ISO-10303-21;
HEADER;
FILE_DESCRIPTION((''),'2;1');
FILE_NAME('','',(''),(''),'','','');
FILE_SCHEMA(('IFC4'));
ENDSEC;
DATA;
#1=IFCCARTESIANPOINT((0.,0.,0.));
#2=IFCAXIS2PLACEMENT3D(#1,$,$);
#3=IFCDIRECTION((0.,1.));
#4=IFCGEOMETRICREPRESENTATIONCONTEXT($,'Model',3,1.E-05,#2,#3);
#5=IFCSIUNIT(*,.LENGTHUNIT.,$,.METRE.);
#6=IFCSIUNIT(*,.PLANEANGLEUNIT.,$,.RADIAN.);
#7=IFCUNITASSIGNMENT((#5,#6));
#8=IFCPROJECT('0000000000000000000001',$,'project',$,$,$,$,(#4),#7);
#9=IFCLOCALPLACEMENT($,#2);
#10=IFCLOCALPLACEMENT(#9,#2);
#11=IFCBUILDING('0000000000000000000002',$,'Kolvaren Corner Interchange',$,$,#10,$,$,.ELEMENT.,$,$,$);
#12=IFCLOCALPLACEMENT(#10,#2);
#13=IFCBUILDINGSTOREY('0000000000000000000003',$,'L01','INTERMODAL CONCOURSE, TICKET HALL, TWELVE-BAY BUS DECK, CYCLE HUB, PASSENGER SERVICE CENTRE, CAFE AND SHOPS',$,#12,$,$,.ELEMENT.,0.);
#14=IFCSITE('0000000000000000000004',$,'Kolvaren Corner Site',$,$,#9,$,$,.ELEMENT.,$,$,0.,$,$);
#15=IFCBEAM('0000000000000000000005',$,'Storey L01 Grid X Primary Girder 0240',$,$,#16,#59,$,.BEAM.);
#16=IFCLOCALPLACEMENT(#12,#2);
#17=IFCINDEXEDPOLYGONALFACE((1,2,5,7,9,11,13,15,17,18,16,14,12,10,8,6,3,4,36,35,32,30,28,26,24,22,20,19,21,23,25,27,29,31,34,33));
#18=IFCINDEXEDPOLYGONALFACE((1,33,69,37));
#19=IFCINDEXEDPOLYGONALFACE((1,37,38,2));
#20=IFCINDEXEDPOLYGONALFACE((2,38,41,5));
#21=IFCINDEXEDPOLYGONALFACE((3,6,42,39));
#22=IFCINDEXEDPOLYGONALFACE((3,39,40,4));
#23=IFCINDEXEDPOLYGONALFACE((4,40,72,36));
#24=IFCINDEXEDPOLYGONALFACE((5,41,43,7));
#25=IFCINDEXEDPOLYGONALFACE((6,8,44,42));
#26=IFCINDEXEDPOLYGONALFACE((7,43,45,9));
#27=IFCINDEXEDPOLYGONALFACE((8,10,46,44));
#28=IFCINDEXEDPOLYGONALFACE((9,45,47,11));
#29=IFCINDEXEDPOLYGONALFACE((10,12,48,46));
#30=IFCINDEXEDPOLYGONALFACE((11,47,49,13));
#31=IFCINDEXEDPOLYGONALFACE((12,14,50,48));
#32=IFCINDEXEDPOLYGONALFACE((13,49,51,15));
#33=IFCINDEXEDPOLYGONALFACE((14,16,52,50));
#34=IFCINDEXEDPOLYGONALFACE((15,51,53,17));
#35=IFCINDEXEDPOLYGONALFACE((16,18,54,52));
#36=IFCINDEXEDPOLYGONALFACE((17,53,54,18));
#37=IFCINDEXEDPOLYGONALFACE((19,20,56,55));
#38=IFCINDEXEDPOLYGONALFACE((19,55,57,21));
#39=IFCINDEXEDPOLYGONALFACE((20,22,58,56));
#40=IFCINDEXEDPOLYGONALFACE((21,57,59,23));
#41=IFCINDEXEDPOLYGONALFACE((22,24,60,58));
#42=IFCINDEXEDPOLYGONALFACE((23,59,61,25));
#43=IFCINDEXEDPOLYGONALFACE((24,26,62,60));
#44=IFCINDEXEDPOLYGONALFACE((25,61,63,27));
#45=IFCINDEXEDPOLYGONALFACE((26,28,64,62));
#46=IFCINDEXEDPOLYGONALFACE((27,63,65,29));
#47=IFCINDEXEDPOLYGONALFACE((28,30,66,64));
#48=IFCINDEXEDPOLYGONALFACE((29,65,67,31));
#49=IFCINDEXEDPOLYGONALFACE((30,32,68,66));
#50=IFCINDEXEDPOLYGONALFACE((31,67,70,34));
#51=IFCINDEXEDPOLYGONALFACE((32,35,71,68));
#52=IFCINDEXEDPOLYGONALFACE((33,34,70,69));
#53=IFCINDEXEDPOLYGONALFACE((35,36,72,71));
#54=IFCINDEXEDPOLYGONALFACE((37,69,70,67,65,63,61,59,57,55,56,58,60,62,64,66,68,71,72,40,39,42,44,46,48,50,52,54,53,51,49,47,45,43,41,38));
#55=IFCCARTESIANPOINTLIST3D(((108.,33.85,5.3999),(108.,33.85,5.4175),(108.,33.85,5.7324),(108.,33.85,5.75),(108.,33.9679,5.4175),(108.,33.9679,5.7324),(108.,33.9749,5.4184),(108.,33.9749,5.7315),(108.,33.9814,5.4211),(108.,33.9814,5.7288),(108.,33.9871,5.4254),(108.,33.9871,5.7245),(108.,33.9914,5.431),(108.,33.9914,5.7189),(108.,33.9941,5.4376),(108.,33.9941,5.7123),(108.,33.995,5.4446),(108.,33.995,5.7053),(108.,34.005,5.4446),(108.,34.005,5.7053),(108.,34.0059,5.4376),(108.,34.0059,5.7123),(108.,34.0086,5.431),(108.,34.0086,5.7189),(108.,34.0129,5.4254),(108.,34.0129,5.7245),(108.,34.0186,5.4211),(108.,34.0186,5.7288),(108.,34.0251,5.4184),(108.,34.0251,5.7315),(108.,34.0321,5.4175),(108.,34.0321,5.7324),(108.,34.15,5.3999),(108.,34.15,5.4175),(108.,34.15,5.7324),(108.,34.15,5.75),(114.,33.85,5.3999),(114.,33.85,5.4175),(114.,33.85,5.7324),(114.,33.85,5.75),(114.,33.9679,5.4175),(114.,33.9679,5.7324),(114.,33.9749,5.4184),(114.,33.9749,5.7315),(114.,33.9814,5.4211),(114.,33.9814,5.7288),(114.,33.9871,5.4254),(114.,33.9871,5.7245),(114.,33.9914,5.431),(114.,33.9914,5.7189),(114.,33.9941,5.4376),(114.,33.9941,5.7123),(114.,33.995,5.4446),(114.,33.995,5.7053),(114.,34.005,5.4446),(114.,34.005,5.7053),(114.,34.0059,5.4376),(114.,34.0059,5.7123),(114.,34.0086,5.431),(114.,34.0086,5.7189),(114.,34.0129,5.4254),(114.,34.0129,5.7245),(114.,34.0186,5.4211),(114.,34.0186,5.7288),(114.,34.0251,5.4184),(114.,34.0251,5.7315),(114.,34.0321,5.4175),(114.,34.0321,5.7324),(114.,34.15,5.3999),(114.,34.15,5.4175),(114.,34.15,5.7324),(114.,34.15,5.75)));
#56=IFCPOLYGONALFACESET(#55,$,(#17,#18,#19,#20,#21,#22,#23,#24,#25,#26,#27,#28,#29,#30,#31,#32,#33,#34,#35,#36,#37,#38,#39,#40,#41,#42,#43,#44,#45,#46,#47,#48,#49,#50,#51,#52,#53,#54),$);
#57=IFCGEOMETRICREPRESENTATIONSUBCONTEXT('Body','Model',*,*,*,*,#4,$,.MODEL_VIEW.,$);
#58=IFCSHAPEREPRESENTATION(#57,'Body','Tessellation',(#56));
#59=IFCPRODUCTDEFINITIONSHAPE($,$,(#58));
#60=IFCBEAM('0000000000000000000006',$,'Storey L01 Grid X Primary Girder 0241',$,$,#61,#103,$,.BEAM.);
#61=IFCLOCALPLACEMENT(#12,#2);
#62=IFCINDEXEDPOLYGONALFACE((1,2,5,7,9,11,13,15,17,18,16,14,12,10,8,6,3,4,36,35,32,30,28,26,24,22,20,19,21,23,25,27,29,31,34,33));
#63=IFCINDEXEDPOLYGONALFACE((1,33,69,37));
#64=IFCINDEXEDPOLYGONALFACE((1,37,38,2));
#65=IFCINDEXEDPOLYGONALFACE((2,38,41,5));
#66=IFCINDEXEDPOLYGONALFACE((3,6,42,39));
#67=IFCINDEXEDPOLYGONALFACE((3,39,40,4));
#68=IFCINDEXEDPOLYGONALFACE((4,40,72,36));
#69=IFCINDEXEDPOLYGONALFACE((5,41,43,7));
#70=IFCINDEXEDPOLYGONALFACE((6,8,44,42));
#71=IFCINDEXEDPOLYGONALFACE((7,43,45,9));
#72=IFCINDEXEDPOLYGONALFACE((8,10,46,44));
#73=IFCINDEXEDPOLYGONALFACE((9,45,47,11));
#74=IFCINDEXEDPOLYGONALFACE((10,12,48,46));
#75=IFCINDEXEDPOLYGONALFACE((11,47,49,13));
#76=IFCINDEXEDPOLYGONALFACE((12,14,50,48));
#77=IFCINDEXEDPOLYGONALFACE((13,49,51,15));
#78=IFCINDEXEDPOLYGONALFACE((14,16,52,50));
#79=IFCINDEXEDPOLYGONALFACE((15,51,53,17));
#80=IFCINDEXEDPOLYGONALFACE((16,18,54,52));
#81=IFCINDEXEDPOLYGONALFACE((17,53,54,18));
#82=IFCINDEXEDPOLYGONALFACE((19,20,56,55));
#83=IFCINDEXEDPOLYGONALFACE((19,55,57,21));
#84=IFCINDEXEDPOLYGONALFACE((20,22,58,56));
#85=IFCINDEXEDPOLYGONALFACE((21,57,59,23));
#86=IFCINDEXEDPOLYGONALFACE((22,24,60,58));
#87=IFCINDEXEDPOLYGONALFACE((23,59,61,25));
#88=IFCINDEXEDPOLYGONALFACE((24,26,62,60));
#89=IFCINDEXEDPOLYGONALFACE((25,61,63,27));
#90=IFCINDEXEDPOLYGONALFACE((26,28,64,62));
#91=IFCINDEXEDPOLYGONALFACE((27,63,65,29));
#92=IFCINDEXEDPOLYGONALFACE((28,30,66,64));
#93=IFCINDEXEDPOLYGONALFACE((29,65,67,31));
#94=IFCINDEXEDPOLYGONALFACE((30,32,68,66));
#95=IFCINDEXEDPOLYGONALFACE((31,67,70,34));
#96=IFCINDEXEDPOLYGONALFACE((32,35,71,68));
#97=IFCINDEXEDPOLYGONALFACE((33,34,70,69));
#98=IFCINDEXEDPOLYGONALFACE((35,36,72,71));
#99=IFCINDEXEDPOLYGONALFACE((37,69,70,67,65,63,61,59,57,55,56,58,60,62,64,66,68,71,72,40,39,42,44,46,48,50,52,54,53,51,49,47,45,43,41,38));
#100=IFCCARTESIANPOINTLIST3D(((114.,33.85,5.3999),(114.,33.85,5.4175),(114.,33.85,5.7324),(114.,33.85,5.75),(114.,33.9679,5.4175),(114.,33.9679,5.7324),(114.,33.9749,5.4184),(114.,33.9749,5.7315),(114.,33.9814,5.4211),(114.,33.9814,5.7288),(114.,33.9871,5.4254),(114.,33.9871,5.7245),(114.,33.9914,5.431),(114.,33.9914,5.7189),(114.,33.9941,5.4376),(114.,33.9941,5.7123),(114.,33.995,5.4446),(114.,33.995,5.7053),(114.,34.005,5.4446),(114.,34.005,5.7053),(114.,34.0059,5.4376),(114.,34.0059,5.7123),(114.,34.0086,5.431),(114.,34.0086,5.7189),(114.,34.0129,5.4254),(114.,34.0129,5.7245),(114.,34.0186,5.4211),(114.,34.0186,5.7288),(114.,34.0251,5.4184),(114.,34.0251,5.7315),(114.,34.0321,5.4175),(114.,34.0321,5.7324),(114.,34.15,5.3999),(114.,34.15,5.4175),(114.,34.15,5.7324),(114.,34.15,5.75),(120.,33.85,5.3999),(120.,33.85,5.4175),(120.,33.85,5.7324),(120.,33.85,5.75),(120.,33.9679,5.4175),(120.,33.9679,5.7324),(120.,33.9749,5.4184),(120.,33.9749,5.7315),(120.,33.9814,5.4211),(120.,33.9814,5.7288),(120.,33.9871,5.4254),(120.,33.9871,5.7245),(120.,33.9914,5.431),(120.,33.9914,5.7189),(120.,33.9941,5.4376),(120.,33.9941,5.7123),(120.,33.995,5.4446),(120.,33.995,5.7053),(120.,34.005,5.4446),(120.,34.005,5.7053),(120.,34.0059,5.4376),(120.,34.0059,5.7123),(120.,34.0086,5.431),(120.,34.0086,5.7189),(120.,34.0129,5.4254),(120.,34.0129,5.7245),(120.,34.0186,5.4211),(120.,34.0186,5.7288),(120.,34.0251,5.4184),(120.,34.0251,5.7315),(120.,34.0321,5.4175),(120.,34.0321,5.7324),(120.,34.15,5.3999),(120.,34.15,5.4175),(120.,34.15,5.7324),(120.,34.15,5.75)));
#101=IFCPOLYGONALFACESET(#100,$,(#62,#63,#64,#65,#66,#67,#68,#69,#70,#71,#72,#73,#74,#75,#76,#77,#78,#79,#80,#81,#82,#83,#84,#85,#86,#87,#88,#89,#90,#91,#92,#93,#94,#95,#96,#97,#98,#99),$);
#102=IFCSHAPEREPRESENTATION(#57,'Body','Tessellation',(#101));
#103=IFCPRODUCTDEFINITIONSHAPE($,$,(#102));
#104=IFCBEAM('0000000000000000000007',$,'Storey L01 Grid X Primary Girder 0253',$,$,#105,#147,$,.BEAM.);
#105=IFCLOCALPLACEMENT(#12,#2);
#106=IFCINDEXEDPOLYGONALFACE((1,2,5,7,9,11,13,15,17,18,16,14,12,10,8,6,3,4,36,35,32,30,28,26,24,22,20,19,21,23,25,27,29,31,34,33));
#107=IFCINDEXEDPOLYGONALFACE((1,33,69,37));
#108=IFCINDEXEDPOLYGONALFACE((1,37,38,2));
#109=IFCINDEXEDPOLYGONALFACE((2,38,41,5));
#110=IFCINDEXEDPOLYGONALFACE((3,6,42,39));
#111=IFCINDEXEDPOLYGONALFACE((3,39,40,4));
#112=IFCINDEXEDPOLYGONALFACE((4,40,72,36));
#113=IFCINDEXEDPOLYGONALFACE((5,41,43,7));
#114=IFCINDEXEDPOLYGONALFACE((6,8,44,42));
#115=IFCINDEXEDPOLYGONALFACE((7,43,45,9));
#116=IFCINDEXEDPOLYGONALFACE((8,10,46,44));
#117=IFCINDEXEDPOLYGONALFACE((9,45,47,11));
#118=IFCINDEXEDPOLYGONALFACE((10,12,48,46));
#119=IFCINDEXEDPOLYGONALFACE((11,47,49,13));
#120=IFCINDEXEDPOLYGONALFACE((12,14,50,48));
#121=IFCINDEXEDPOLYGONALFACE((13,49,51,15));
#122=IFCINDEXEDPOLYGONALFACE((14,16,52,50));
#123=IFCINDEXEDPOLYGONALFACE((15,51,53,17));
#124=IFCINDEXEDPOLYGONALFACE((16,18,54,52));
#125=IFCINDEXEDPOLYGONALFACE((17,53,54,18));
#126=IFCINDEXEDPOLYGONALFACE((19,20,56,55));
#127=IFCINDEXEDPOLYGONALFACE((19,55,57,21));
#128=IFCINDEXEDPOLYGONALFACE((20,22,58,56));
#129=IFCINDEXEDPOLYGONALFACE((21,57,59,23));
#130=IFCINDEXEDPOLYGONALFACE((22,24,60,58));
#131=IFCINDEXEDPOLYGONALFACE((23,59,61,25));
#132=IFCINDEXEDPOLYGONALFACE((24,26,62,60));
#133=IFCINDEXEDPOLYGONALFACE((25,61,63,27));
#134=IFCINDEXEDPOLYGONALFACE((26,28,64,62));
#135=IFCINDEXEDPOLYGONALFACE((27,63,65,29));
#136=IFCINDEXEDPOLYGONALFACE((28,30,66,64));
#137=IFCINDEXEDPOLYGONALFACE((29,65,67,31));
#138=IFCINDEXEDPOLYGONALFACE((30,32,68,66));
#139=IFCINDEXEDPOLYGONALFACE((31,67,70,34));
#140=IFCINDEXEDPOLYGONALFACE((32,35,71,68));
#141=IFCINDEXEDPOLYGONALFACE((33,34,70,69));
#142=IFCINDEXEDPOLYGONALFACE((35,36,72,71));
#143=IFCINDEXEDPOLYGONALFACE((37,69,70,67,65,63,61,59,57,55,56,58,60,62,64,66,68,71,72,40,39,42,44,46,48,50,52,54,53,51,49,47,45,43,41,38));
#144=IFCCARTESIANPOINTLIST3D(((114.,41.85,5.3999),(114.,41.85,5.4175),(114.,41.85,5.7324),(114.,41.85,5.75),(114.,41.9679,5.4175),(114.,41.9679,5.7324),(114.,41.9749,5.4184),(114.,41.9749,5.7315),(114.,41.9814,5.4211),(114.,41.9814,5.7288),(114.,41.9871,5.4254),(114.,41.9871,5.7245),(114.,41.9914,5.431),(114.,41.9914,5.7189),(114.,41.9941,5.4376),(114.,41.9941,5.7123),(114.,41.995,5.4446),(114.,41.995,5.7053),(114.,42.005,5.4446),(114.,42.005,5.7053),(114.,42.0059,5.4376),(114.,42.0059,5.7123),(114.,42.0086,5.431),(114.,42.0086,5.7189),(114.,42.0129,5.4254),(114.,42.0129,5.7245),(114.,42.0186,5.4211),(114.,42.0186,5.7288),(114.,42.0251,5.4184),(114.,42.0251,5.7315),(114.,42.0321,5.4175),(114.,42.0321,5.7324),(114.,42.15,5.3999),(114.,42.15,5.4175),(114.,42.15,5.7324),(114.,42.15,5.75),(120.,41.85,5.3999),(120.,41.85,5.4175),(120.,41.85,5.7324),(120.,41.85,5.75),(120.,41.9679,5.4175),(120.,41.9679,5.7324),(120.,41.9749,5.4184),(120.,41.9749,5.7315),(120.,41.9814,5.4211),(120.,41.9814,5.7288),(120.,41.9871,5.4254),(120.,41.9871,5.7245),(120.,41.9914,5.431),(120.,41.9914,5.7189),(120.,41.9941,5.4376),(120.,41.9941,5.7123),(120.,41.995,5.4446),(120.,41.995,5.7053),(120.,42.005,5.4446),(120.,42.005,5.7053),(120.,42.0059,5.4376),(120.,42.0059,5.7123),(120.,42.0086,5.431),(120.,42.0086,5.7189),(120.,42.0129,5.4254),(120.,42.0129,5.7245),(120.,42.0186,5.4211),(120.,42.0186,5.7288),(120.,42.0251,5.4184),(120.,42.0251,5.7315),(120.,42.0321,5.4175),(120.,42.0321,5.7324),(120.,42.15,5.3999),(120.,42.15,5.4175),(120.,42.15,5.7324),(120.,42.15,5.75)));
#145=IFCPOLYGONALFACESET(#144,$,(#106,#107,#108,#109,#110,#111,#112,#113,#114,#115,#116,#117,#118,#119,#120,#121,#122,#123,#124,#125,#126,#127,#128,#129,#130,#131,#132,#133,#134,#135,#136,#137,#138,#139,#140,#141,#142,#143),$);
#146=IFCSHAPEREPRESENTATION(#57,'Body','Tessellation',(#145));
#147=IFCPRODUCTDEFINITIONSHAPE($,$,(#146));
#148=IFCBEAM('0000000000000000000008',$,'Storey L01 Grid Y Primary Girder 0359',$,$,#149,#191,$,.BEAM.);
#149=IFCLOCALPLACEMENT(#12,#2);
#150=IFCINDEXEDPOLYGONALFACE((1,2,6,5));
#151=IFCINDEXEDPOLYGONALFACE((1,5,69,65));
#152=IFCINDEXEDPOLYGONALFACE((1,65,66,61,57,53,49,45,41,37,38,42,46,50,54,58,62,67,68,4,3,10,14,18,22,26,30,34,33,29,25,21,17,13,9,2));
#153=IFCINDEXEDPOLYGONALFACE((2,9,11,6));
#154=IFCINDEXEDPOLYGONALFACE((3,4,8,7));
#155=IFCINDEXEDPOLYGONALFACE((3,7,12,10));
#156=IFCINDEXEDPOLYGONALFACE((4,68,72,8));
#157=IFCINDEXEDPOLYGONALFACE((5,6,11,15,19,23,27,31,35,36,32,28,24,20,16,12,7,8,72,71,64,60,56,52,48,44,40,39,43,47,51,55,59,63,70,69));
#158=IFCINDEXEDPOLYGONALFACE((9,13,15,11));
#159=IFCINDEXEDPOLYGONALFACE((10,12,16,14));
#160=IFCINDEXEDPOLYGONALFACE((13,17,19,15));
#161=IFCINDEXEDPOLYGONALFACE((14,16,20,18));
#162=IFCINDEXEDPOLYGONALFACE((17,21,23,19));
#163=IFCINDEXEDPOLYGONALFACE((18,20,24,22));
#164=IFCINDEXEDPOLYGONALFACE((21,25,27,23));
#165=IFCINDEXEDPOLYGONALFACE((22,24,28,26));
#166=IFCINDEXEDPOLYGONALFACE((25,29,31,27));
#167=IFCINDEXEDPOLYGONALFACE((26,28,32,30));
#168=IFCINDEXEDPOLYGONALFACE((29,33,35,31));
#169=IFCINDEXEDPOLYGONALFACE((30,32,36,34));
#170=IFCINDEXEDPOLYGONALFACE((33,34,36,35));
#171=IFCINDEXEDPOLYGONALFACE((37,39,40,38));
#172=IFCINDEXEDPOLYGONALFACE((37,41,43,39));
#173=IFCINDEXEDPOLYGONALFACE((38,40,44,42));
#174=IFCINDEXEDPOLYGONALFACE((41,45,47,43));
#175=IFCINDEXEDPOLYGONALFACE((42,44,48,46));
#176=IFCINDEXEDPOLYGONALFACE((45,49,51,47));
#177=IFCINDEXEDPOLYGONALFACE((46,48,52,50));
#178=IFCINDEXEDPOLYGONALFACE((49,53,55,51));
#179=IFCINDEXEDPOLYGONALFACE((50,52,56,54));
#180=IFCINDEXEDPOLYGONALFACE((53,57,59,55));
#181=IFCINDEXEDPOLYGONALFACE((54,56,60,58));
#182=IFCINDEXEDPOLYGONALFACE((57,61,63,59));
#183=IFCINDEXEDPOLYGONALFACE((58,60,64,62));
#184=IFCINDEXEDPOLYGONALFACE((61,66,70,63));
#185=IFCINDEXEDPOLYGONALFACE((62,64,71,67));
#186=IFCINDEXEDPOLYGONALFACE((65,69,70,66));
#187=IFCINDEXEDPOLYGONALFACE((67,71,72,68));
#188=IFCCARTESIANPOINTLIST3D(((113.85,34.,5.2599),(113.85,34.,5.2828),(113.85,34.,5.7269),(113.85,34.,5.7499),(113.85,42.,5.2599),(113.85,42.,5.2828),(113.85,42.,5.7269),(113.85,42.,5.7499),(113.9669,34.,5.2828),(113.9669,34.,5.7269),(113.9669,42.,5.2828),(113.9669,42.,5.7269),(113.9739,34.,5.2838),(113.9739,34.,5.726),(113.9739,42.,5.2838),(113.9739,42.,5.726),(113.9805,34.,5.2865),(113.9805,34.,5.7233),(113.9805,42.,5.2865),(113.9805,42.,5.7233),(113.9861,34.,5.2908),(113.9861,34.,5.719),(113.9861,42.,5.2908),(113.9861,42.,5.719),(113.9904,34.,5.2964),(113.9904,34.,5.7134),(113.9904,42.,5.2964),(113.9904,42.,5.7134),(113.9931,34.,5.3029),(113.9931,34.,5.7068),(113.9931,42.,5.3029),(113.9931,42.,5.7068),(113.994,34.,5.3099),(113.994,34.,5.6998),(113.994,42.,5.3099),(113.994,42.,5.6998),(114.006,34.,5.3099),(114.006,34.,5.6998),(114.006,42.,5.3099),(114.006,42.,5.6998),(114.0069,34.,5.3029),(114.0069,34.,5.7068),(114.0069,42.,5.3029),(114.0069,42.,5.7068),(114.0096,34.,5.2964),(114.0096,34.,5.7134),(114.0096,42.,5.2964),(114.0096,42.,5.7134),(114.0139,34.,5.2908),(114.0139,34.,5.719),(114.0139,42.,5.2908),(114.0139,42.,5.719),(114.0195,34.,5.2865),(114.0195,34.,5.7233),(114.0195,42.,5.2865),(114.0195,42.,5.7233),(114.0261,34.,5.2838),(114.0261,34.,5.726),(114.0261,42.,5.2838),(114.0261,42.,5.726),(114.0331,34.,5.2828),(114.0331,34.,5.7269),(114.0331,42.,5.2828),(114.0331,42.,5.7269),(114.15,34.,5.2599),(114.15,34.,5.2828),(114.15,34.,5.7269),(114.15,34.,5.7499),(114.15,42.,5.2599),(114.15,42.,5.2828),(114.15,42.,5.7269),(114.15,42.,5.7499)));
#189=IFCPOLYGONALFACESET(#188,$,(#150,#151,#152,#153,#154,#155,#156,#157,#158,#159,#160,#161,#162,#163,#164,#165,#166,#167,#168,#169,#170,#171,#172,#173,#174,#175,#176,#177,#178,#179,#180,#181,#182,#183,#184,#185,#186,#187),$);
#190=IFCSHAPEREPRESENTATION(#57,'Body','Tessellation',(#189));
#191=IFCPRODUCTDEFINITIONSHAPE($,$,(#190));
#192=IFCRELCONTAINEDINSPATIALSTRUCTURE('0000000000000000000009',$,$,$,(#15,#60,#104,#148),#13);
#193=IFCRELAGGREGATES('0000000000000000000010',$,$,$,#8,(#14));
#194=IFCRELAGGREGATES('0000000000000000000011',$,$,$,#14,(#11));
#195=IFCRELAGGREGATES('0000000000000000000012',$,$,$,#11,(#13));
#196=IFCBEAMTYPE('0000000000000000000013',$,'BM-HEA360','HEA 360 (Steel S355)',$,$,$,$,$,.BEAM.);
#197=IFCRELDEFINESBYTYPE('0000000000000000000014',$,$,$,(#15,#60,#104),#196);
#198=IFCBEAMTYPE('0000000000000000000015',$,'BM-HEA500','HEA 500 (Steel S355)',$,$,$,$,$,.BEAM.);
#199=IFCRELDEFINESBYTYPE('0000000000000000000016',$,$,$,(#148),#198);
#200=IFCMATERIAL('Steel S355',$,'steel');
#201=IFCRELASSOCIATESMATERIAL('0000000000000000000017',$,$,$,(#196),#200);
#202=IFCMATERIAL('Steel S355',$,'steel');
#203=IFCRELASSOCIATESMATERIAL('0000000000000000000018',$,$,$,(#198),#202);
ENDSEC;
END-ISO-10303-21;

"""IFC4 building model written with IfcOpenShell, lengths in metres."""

from ifc_helpers import new_model, si_unit, direction, frame, origin, origin_2d, place, context, subcontext, project, spatial, i_section, extrude, material, material_profile, profile_set, type_object, element, save


model = new_model("IFC4")

# Units and contexts
model_context = context("Model", 3, precision=1e-05, world=origin(), true_north=direction((0.0, 1.0)))
body_context = subcontext(model_context, "Body", "Model", "MODEL_VIEW")
ifc_project = project(units=[si_unit("LENGTHUNIT", "METRE"), si_unit("PLANEANGLEUNIT", "RADIAN")], contexts=[model_context])

# Site, building, storey
site_placement = place(None, origin())
site = spatial("IfcSite", under=ifc_project, at=site_placement, Name="Kolvaren Corner Site", CompositionType="ELEMENT", RefElevation=0.0)
building_placement = place(site_placement, origin())
building = spatial("IfcBuilding", under=site, at=building_placement, Name="Kolvaren Corner Interchange", CompositionType="ELEMENT")
storey_placement = place(building_placement, origin())
storey = spatial("IfcBuildingStorey", under=building, at=storey_placement, Name="L01", Description="INTERMODAL CONCOURSE, TICKET HALL, TWELVE-BAY BUS DECK, CYCLE HUB, PASSENGER SERVICE CENTRE, CAFE AND SHOPS", CompositionType="ELEMENT", Elevation=0.0)

# Beams
ifc_material_1 = material(Name="Steel S355", Category="steel")
ifc_material_profile_1 = material_profile(ifc_material_1, i_section(OverallWidth=0.3, OverallDepth=0.3501, WebThickness=0.01, FlangeThickness=0.0176, FilletRadius=0.0271, at=origin_2d()), Name="HEA 360")
ifc_profile_set_1 = profile_set([ifc_material_profile_1], Name="Steel S355")
beam_type_1 = type_object("IfcBeamType", Name="BM-HEA360", Description="HEA 360 (Steel S355)", PredefinedType="BEAM", material=ifc_profile_set_1)
for number, where, z_axis, x_axis, name in (
    (1, (108.0, 34.0, 5.575), (1.0, 0.0, 0.0), (0.0, 1.0, 0.0), "Storey L01 Grid X Primary Girder 0240"),
    (2, (114.0, 34.0, 5.575), (1.0, 0.0, 0.0), (0.0, 1.0, 0.0), "Storey L01 Grid X Primary Girder 0241"),
    (3, (114.0, 42.0, 5.575), (1.0, 0.0, 0.0), (0.0, 1.0, 0.0), "Storey L01 Grid X Primary Girder 0253"),
):
    element("IfcBeam", number, at=place(storey_placement, frame(where, z_axis=z_axis, x_axis=x_axis)), inside=storey, type_object=beam_type_1, Name=name, PredefinedType="BEAM", context=body_context, shape_type="SweptSolid", body=[
        extrude(i_section(OverallWidth=0.3, OverallDepth=0.3501, WebThickness=0.01, FlangeThickness=0.0176, FilletRadius=0.0271, at=origin_2d()), origin(), (0.0, 0.0, 1.0), 6.0),
    ])
ifc_material_2 = material(Name="Steel S355", Category="steel")
ifc_material_profile_2 = material_profile(ifc_material_2, i_section(OverallWidth=0.3, OverallDepth=0.49, WebThickness=0.012, FlangeThickness=0.0229, FilletRadius=0.0271, at=origin_2d()), Name="HEA 500")
ifc_profile_set_2 = profile_set([ifc_material_profile_2], Name="Steel S355")
beam_type_2 = type_object("IfcBeamType", Name="BM-HEA500", Description="HEA 500 (Steel S355)", PredefinedType="BEAM", material=ifc_profile_set_2)
beam_placement = place(storey_placement, frame((114.0, 34.0, 5.5049), z_axis=(0.0, 1.0, 0.0), x_axis=(-1.0, 0.0, 0.0)))
element("IfcBeam", 4, at=beam_placement, inside=storey, type_object=beam_type_2, Name="Storey L01 Grid Y Primary Girder 0359", PredefinedType="BEAM", context=body_context, shape_type="SweptSolid", body=[
    extrude(i_section(OverallWidth=0.3, OverallDepth=0.49, WebThickness=0.012, FlangeThickness=0.0229, FilletRadius=0.0271, at=origin_2d()), origin(), (0.0, 0.0, 1.0), 8.0),
])

save(model, "model.ifc")
